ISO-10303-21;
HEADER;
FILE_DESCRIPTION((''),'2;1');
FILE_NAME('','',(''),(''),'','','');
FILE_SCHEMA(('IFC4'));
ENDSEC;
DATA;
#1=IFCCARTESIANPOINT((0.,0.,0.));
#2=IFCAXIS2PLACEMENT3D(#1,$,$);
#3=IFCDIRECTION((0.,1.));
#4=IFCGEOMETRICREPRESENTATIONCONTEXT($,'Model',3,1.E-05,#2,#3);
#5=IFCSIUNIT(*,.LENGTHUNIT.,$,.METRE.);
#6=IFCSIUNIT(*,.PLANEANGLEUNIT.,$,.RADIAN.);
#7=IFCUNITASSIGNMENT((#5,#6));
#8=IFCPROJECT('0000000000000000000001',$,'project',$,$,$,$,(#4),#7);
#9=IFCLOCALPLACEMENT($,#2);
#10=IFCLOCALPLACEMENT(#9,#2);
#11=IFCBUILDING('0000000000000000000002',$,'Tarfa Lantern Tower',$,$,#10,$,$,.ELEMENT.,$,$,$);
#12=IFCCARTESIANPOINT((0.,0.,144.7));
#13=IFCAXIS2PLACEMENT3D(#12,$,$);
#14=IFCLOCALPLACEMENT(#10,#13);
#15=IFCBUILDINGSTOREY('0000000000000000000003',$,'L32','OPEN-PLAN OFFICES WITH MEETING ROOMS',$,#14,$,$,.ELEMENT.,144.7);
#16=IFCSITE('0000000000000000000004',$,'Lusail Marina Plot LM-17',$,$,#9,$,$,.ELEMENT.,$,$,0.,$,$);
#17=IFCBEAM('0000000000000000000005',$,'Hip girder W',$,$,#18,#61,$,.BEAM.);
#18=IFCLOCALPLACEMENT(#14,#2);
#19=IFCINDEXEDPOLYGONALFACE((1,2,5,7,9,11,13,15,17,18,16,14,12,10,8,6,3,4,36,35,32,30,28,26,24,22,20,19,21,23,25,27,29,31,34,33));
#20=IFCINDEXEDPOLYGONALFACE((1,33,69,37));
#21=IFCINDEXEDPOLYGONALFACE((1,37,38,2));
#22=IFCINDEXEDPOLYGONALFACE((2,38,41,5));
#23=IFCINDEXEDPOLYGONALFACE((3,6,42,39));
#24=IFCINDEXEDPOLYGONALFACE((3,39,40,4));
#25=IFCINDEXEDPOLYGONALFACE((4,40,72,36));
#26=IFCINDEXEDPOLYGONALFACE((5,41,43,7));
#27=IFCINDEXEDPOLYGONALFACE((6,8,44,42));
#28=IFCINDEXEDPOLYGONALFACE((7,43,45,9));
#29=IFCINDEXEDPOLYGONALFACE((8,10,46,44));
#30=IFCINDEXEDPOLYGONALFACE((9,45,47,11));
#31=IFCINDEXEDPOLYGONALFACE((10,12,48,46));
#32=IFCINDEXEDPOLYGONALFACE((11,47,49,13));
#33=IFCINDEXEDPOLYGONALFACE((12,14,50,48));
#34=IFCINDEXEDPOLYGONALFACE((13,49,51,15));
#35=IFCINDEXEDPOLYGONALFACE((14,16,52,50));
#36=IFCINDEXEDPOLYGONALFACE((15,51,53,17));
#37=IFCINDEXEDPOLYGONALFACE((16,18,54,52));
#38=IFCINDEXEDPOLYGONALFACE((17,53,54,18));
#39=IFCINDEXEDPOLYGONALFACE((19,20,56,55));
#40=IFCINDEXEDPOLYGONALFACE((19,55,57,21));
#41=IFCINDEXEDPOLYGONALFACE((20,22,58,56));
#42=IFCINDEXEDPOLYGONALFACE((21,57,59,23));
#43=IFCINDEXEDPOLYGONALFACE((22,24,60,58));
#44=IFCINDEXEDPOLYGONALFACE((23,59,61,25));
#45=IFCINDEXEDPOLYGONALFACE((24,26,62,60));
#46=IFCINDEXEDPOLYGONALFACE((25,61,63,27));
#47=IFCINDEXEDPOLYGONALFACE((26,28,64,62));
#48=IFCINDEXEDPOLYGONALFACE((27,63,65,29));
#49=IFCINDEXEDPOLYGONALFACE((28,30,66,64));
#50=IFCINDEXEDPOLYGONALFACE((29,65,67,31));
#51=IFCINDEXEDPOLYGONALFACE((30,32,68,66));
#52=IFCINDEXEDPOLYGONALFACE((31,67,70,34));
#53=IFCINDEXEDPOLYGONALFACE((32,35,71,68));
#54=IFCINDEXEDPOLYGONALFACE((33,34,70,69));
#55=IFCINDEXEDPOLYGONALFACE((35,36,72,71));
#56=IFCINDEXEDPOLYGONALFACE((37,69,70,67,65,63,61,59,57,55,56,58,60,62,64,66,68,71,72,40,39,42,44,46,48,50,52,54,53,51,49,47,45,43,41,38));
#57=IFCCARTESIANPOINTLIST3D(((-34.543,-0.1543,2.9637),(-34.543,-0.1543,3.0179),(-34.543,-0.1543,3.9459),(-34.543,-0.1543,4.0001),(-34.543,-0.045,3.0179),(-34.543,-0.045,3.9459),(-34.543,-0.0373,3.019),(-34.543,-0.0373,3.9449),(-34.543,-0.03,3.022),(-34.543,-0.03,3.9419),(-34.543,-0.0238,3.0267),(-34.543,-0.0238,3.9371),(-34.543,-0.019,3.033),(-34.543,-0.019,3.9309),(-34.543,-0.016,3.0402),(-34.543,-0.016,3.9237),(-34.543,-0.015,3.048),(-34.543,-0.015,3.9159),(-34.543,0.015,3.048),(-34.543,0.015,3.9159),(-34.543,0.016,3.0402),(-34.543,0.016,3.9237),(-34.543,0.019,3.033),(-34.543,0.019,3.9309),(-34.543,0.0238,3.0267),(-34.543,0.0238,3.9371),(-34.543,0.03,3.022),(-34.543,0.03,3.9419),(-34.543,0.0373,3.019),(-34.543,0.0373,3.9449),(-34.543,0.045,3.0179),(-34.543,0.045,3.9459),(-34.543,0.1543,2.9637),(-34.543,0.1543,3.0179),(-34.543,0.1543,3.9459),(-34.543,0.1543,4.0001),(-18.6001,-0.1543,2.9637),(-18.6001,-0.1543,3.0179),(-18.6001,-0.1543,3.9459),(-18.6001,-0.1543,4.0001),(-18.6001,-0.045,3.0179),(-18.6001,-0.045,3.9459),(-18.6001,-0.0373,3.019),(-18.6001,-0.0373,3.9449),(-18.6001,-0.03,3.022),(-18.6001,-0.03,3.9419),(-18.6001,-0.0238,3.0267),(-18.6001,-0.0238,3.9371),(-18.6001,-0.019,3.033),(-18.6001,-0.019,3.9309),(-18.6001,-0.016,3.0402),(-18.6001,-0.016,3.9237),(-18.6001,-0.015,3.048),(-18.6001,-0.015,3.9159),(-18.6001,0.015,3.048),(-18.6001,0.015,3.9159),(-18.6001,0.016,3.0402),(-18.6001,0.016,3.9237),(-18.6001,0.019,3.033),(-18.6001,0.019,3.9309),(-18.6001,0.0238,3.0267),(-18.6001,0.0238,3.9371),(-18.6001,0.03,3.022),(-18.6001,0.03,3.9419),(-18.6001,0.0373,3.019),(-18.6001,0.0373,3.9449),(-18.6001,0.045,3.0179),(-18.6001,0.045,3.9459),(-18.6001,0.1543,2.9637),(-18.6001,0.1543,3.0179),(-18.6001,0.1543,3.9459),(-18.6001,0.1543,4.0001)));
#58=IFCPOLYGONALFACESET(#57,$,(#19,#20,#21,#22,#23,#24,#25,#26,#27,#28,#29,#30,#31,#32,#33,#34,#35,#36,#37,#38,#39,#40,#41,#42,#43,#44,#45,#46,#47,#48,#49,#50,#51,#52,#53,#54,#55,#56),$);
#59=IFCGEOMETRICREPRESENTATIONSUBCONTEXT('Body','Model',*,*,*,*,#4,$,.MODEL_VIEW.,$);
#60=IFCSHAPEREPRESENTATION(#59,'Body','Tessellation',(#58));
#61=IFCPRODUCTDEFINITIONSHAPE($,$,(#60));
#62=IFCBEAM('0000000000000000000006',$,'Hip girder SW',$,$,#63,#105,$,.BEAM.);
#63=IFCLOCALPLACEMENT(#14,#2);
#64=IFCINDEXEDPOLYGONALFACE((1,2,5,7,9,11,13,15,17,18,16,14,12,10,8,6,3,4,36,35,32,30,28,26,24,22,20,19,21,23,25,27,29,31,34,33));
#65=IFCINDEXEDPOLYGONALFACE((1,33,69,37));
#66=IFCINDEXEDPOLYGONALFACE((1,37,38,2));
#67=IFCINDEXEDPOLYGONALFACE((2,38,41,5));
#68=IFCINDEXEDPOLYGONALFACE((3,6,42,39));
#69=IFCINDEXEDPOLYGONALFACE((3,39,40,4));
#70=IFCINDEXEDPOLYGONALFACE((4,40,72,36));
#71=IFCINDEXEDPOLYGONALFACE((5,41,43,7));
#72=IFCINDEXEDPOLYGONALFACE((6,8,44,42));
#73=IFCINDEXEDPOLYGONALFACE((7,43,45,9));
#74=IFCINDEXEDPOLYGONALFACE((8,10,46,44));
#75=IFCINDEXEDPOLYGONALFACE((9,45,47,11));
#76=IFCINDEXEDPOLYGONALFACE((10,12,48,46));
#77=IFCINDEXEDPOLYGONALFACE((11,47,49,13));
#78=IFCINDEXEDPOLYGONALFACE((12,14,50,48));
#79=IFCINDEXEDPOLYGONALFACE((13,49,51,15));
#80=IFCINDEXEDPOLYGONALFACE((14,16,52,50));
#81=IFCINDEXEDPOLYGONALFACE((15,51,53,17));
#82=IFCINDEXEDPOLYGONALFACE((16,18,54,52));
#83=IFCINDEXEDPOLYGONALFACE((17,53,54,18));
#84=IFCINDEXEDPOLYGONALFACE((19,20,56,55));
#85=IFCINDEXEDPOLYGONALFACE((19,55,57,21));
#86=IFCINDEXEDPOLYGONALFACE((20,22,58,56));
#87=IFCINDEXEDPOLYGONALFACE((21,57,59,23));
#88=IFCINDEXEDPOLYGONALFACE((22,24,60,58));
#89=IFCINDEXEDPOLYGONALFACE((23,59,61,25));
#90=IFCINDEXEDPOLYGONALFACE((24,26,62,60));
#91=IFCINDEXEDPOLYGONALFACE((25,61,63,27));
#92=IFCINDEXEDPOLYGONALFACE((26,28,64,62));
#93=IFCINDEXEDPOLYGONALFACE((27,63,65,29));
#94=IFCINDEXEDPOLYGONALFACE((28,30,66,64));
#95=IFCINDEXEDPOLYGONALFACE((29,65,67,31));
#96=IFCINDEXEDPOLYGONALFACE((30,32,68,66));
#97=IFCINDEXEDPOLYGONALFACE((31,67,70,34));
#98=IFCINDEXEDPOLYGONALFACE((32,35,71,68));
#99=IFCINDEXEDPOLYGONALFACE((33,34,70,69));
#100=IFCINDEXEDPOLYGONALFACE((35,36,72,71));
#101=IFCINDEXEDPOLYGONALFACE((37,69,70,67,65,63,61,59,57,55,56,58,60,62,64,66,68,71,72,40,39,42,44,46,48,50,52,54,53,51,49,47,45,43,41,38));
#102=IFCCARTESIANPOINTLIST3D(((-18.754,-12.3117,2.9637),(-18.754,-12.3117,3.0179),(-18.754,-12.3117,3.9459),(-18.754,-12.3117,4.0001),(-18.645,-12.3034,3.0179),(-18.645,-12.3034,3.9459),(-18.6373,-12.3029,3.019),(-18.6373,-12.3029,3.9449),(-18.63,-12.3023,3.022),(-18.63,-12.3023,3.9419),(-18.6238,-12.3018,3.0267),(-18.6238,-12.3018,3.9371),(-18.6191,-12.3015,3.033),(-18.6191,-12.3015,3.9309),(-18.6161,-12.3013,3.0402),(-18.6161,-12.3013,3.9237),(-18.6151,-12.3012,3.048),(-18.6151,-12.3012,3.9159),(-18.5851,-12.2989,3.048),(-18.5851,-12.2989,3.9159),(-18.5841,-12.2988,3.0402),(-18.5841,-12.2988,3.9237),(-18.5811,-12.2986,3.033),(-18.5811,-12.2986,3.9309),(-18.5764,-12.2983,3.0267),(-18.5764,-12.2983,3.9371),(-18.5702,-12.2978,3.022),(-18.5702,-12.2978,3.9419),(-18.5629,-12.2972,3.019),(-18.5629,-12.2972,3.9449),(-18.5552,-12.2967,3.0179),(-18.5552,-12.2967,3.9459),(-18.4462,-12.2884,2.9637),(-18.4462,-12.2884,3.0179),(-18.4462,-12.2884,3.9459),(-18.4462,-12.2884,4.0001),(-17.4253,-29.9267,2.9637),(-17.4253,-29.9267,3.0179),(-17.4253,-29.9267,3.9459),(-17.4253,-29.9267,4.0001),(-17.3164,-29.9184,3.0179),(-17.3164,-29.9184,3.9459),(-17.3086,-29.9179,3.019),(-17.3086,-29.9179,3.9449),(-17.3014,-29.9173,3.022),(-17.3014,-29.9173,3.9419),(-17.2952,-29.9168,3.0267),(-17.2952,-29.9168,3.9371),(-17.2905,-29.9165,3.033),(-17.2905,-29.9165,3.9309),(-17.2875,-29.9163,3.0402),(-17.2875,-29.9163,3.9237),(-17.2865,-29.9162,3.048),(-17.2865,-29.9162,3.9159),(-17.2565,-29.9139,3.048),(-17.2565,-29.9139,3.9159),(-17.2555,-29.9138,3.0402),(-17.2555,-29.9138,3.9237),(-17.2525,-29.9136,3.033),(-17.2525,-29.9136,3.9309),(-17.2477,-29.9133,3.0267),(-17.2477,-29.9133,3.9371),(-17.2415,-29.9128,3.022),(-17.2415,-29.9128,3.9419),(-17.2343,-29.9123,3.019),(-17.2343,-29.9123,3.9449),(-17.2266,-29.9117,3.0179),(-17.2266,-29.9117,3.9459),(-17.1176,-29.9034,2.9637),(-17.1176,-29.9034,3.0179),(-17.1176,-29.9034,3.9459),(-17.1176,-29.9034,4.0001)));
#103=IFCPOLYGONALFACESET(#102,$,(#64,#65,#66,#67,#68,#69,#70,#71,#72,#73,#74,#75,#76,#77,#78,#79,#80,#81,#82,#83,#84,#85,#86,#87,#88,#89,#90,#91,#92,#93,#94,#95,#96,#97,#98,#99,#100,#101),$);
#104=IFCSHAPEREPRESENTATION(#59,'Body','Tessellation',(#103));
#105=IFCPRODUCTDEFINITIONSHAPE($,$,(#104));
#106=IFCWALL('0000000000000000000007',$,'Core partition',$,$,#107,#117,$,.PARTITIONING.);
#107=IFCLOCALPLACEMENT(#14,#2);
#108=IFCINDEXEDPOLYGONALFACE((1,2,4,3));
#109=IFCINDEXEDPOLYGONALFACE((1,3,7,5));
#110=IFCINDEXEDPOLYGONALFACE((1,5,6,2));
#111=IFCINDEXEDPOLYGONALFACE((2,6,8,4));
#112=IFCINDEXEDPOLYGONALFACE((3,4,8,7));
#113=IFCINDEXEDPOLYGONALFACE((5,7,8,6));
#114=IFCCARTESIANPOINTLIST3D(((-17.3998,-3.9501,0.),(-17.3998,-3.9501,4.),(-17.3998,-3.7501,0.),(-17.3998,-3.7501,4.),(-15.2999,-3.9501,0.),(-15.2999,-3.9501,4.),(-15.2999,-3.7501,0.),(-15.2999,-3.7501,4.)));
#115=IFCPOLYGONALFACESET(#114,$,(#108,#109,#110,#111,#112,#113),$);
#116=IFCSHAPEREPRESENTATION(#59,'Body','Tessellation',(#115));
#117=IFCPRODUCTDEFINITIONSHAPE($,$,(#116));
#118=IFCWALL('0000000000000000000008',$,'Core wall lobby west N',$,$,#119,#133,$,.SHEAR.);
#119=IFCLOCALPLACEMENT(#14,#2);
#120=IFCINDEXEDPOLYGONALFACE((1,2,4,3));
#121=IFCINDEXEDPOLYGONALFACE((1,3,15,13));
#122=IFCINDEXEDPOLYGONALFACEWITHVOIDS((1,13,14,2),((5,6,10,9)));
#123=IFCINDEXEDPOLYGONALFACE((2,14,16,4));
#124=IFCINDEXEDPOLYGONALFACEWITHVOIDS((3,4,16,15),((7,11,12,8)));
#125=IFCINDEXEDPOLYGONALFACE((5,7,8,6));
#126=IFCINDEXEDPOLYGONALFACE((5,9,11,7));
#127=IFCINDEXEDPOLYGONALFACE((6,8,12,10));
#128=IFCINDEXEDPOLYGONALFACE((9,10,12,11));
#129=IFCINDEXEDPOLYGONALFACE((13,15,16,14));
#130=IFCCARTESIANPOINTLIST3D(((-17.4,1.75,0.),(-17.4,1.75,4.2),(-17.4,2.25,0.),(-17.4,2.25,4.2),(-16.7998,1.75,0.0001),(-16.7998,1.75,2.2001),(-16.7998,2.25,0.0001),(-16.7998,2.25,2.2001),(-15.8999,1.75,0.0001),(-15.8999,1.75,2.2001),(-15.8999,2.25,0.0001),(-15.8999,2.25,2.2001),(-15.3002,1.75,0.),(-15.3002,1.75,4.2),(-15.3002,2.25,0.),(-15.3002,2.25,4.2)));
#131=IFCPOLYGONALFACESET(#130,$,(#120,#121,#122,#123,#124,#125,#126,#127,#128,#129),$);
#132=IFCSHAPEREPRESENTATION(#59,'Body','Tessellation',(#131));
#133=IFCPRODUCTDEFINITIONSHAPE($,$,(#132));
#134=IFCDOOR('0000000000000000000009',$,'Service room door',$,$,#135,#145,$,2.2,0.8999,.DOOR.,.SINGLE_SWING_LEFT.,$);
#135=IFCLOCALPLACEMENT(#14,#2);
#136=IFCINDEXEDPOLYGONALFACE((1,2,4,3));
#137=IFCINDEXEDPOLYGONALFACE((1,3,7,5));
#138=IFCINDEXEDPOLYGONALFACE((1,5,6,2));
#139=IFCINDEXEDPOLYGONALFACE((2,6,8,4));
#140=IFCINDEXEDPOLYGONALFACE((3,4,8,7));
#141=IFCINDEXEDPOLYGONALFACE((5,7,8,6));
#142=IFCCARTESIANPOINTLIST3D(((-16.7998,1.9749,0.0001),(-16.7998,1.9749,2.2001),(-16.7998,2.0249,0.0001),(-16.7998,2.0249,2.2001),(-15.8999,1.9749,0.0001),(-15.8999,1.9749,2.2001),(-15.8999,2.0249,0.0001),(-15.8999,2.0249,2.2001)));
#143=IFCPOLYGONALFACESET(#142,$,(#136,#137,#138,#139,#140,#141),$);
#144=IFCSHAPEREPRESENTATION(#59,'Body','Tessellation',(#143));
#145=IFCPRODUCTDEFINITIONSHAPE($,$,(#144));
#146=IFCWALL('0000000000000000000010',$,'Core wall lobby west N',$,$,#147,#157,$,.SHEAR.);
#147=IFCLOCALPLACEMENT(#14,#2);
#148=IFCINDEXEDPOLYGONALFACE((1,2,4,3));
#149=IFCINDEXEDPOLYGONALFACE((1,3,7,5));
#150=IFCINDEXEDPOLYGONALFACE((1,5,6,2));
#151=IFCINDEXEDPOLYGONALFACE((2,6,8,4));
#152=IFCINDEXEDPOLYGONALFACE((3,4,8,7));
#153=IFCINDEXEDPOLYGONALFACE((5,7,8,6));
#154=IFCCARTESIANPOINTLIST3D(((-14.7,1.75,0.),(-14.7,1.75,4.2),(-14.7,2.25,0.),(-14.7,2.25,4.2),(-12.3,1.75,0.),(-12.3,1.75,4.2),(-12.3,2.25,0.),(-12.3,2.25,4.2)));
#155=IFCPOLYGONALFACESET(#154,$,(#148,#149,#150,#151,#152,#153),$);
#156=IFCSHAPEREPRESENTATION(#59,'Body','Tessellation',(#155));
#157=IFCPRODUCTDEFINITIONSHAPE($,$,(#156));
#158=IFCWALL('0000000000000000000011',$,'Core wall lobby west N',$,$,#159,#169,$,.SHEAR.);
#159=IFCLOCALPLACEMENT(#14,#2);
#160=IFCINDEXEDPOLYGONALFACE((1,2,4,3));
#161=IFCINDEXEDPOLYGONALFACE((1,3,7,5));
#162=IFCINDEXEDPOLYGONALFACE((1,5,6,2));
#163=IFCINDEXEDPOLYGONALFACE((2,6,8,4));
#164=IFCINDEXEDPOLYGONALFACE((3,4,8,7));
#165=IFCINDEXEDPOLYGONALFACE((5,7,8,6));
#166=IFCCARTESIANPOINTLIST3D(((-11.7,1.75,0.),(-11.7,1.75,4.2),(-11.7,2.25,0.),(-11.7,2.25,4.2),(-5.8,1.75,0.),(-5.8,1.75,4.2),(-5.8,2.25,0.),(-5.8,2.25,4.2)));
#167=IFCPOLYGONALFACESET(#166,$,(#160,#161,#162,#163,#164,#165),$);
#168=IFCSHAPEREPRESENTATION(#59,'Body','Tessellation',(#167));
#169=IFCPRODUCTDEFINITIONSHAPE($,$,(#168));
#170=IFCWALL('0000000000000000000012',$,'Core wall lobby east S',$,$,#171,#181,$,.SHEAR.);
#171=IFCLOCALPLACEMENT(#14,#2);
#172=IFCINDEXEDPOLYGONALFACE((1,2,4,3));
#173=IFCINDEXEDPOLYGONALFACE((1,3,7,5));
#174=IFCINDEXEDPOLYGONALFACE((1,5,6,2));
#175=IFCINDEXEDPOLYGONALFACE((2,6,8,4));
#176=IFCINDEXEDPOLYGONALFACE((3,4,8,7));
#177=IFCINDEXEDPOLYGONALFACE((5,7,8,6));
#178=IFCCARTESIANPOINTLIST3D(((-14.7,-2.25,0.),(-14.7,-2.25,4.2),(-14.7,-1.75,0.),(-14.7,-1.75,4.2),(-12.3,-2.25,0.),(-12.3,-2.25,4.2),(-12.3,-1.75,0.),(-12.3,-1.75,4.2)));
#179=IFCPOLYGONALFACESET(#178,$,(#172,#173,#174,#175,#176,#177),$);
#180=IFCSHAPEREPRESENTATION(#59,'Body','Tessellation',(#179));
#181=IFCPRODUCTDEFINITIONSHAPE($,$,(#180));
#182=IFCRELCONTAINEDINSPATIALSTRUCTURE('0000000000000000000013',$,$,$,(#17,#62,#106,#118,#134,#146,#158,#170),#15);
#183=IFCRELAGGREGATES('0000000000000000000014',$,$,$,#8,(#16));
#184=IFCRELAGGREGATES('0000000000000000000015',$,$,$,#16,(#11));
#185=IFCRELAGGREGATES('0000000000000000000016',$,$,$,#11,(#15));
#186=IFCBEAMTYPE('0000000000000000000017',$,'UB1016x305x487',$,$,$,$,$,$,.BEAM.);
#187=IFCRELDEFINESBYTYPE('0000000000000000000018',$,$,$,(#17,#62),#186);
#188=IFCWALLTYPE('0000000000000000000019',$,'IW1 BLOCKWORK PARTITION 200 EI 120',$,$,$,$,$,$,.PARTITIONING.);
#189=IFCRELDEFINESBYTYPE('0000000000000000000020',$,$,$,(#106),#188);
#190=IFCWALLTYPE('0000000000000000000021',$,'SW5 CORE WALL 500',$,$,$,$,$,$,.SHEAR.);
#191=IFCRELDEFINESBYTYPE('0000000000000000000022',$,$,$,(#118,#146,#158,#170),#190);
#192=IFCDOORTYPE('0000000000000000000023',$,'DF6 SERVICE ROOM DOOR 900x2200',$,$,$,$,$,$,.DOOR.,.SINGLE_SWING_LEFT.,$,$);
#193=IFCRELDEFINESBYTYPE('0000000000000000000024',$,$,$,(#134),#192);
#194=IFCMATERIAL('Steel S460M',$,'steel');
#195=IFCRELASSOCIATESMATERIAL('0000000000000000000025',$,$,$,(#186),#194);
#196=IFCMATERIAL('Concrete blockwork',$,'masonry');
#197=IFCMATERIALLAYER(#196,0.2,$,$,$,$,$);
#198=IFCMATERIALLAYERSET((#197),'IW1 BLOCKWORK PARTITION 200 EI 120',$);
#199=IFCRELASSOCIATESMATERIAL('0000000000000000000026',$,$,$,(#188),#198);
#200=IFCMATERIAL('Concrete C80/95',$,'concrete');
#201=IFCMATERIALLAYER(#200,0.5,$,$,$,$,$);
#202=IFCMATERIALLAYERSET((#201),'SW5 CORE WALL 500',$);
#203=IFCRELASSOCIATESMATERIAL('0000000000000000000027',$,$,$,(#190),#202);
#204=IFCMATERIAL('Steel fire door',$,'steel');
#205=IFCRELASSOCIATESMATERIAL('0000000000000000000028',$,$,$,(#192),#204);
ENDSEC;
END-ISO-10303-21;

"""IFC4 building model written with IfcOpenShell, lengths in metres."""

from ifc_helpers import new_model, si_unit, direction, frame, frame_2d, origin, origin_2d, place, context, subcontext, project, spatial, rectangle, i_section, extrude, material, layer, layer_set, material_profile, profile_set, type_object, element, fill, save


model = new_model("IFC4")

# Units and contexts
model_context = context("Model", 3, precision=1e-05, world=origin(), true_north=direction((0.0, 1.0)))
body_context = subcontext(model_context, "Body", "Model", "MODEL_VIEW")
ifc_project = project(units=[si_unit("LENGTHUNIT", "METRE"), si_unit("PLANEANGLEUNIT", "RADIAN")], contexts=[model_context])

# Site, building, storey
site_placement = place(None, origin())
site = spatial("IfcSite", under=ifc_project, at=site_placement, Name="Lusail Marina Plot LM-17", CompositionType="ELEMENT", RefElevation=0.0)
building_placement = place(site_placement, origin())
building = spatial("IfcBuilding", under=site, at=building_placement, Name="Tarfa Lantern Tower", CompositionType="ELEMENT")
storey_placement = place(building_placement, frame((0.0, 0.0, 144.7)))
storey = spatial("IfcBuildingStorey", under=building, at=storey_placement, Name="L32", Description="OPEN-PLAN OFFICES WITH MEETING ROOMS", CompositionType="ELEMENT", Elevation=144.7)

# Beams
ifc_material_1 = material(Name="Steel S460M", Category="steel")
ifc_material_profile = material_profile(ifc_material_1, i_section(OverallWidth=0.3086, OverallDepth=1.0364, WebThickness=0.03, FlangeThickness=0.0542, FilletRadius=0.03, at=origin_2d()), Name="UB1016x305x487")
ifc_profile_set = profile_set([ifc_material_profile], Name="Steel S460M")
beam_type = type_object("IfcBeamType", Name="UB1016x305x487", PredefinedType="BEAM", material=ifc_profile_set)
beam_1_placement = place(storey_placement, frame((-18.6001, 0.0, 3.4819), z_axis=(-1.0, 0.0, 0.0), x_axis=(0.0, -1.0, 0.0)))
element("IfcBeam", 1, at=beam_1_placement, inside=storey, type_object=beam_type, Name="Hip girder W", PredefinedType="BEAM", context=body_context, shape_type="SweptSolid", body=[
    extrude(i_section(OverallWidth=0.3086, OverallDepth=1.0364, WebThickness=0.03, FlangeThickness=0.0542, FilletRadius=0.03, at=origin_2d()), origin(), (0.0, 0.0, 1.0), 15.9429),
])
beam_2_placement = place(storey_placement, frame((-18.6001, -12.3, 3.4819), z_axis=(0.075212, -0.997168, 0.0), x_axis=(0.997168, 0.075212, 0.0)))
element("IfcBeam", 2, at=beam_2_placement, inside=storey, type_object=beam_type, Name="Hip girder SW", PredefinedType="BEAM", context=body_context, shape_type="SweptSolid", body=[
    extrude(i_section(OverallWidth=0.3086, OverallDepth=1.0364, WebThickness=0.03, FlangeThickness=0.0542, FilletRadius=0.03, at=origin_2d()), origin(), (0.0, 0.0, 1.0), 17.665),
])

# Wall
ifc_material_2 = material(Name="Concrete blockwork", Category="masonry")
ifc_layer_1 = layer(ifc_material_2, 0.2)
ifc_layer_set_1 = layer_set([ifc_layer_1], Name="IW1 BLOCKWORK PARTITION 200 EI 120")
wall_type_1 = type_object("IfcWallType", Name="IW1 BLOCKWORK PARTITION 200 EI 120", PredefinedType="PARTITIONING", material=ifc_layer_set_1)
wall_1_placement = place(storey_placement, frame((-15.3, -3.8501, 0.0), z_axis=(0.0, 0.0, 1.0), x_axis=(-1.0, 0.0, 0.0)))
element("IfcWall", 3, at=wall_1_placement, inside=storey, type_object=wall_type_1, Name="Core partition", PredefinedType="PARTITIONING", context=body_context, shape_type="SweptSolid", body=[
    extrude(rectangle(XDim=2.0999, YDim=0.2, at=frame_2d((1.0498, 0.0))), origin(), (0.0, 0.0, 1.0), 4.0),
])

# Wall, opening, door
ifc_material_3 = material(Name="Concrete C80/95", Category="concrete")
ifc_layer_2 = layer(ifc_material_3, 0.5)
ifc_layer_set_2 = layer_set([ifc_layer_2], Name="SW5 CORE WALL 500")
wall_type_2 = type_object("IfcWallType", Name="SW5 CORE WALL 500", PredefinedType="SHEAR", material=ifc_layer_set_2)
wall_2_placement = place(storey_placement, frame((-17.3999, 2.0, 0.0), z_axis=(0.0, 0.0, 1.0), x_axis=(1.0, 0.0, 0.0)))
wall_2 = element("IfcWall", 4, at=wall_2_placement, inside=storey, type_object=wall_type_2, Name="Core wall lobby west N", PredefinedType="SHEAR", context=body_context, shape_type="SweptSolid", body=[
    extrude(rectangle(XDim=2.0999, YDim=0.5, at=frame_2d((1.0498, 0.0))), origin(), (0.0, 0.0, 1.0), 4.2),
])
opening_1_placement = place(wall_2_placement, frame((0.6001, 0.0, 0.0)))
opening_1 = element("IfcOpeningElement", 5, at=opening_1_placement, cuts=wall_2, PredefinedType="OPENING", context=body_context, shape_type="SweptSolid", body=[
    extrude(rectangle(XDim=0.8999, YDim=2.2, at=frame_2d((0.45, 1.1001))), frame((0.0, 0.26, 0.0), z_axis=(0.0, -1.0, 0.0), x_axis=(1.0, 0.0, 0.0)), (0.0, 0.0, 1.0), 0.52),
])
ifc_material_4 = material(Name="Steel fire door", Category="steel")
door_type_1 = type_object("IfcDoorType", Name="DF6 SERVICE ROOM DOOR 900x2200", OperationType="SINGLE_SWING_LEFT", PredefinedType="DOOR", material=ifc_material_4)
door_1_placement = place(opening_1_placement, origin())
door_1 = element("IfcDoor", 6, at=door_1_placement, inside=storey, type_object=door_type_1, Name="Service room door", OperationType="SINGLE_SWING_LEFT", OverallHeight=2.2, OverallWidth=0.8999, PredefinedType="DOOR", context=body_context, shape_type="SweptSolid", body=[
    extrude(rectangle(XDim=0.8999, YDim=2.2, at=frame_2d((0.45, 1.1001))), frame((0.0, 0.0249, 0.0), z_axis=(0.0, -1.0, 0.0), x_axis=(1.0, 0.0, 0.0)), (0.0, 0.0, 1.0), 0.05),
])
fill(opening_1, door_1)

# Walls
wall_3_placement = place(storey_placement, frame((-14.7, 2.0, 0.0), z_axis=(0.0, 0.0, 1.0), x_axis=(1.0, 0.0, 0.0)))
element("IfcWall", 7, at=wall_3_placement, inside=storey, type_object=wall_type_2, Name="Core wall lobby west N", PredefinedType="SHEAR", context=body_context, shape_type="SweptSolid", body=[
    extrude(rectangle(XDim=2.3999, YDim=0.5, at=frame_2d((1.2, 0.0))), origin(), (0.0, 0.0, 1.0), 4.2),
])
wall_4_placement = place(storey_placement, frame((-11.7, 2.0, 0.0), z_axis=(0.0, 0.0, 1.0), x_axis=(1.0, 0.0, 0.0)))
element("IfcWall", 8, at=wall_4_placement, inside=storey, type_object=wall_type_2, Name="Core wall lobby west N", PredefinedType="SHEAR", context=body_context, shape_type="SweptSolid", body=[
    extrude(rectangle(XDim=5.8999, YDim=0.5, at=frame_2d((2.95, 0.0))), origin(), (0.0, 0.0, 1.0), 4.2),
])
wall_5_placement = place(storey_placement, frame((-12.3, -2.0, 0.0), z_axis=(0.0, 0.0, 1.0), x_axis=(-1.0, 0.0, 0.0)))
element("IfcWall", 9, at=wall_5_placement, inside=storey, type_object=wall_type_2, Name="Core wall lobby east S", PredefinedType="SHEAR", context=body_context, shape_type="SweptSolid", body=[
    extrude(rectangle(XDim=2.3999, YDim=0.5, at=frame_2d((1.2, 0.0))), origin(), (0.0, 0.0, 1.0), 4.2),
])

save(model, "model.ifc")
